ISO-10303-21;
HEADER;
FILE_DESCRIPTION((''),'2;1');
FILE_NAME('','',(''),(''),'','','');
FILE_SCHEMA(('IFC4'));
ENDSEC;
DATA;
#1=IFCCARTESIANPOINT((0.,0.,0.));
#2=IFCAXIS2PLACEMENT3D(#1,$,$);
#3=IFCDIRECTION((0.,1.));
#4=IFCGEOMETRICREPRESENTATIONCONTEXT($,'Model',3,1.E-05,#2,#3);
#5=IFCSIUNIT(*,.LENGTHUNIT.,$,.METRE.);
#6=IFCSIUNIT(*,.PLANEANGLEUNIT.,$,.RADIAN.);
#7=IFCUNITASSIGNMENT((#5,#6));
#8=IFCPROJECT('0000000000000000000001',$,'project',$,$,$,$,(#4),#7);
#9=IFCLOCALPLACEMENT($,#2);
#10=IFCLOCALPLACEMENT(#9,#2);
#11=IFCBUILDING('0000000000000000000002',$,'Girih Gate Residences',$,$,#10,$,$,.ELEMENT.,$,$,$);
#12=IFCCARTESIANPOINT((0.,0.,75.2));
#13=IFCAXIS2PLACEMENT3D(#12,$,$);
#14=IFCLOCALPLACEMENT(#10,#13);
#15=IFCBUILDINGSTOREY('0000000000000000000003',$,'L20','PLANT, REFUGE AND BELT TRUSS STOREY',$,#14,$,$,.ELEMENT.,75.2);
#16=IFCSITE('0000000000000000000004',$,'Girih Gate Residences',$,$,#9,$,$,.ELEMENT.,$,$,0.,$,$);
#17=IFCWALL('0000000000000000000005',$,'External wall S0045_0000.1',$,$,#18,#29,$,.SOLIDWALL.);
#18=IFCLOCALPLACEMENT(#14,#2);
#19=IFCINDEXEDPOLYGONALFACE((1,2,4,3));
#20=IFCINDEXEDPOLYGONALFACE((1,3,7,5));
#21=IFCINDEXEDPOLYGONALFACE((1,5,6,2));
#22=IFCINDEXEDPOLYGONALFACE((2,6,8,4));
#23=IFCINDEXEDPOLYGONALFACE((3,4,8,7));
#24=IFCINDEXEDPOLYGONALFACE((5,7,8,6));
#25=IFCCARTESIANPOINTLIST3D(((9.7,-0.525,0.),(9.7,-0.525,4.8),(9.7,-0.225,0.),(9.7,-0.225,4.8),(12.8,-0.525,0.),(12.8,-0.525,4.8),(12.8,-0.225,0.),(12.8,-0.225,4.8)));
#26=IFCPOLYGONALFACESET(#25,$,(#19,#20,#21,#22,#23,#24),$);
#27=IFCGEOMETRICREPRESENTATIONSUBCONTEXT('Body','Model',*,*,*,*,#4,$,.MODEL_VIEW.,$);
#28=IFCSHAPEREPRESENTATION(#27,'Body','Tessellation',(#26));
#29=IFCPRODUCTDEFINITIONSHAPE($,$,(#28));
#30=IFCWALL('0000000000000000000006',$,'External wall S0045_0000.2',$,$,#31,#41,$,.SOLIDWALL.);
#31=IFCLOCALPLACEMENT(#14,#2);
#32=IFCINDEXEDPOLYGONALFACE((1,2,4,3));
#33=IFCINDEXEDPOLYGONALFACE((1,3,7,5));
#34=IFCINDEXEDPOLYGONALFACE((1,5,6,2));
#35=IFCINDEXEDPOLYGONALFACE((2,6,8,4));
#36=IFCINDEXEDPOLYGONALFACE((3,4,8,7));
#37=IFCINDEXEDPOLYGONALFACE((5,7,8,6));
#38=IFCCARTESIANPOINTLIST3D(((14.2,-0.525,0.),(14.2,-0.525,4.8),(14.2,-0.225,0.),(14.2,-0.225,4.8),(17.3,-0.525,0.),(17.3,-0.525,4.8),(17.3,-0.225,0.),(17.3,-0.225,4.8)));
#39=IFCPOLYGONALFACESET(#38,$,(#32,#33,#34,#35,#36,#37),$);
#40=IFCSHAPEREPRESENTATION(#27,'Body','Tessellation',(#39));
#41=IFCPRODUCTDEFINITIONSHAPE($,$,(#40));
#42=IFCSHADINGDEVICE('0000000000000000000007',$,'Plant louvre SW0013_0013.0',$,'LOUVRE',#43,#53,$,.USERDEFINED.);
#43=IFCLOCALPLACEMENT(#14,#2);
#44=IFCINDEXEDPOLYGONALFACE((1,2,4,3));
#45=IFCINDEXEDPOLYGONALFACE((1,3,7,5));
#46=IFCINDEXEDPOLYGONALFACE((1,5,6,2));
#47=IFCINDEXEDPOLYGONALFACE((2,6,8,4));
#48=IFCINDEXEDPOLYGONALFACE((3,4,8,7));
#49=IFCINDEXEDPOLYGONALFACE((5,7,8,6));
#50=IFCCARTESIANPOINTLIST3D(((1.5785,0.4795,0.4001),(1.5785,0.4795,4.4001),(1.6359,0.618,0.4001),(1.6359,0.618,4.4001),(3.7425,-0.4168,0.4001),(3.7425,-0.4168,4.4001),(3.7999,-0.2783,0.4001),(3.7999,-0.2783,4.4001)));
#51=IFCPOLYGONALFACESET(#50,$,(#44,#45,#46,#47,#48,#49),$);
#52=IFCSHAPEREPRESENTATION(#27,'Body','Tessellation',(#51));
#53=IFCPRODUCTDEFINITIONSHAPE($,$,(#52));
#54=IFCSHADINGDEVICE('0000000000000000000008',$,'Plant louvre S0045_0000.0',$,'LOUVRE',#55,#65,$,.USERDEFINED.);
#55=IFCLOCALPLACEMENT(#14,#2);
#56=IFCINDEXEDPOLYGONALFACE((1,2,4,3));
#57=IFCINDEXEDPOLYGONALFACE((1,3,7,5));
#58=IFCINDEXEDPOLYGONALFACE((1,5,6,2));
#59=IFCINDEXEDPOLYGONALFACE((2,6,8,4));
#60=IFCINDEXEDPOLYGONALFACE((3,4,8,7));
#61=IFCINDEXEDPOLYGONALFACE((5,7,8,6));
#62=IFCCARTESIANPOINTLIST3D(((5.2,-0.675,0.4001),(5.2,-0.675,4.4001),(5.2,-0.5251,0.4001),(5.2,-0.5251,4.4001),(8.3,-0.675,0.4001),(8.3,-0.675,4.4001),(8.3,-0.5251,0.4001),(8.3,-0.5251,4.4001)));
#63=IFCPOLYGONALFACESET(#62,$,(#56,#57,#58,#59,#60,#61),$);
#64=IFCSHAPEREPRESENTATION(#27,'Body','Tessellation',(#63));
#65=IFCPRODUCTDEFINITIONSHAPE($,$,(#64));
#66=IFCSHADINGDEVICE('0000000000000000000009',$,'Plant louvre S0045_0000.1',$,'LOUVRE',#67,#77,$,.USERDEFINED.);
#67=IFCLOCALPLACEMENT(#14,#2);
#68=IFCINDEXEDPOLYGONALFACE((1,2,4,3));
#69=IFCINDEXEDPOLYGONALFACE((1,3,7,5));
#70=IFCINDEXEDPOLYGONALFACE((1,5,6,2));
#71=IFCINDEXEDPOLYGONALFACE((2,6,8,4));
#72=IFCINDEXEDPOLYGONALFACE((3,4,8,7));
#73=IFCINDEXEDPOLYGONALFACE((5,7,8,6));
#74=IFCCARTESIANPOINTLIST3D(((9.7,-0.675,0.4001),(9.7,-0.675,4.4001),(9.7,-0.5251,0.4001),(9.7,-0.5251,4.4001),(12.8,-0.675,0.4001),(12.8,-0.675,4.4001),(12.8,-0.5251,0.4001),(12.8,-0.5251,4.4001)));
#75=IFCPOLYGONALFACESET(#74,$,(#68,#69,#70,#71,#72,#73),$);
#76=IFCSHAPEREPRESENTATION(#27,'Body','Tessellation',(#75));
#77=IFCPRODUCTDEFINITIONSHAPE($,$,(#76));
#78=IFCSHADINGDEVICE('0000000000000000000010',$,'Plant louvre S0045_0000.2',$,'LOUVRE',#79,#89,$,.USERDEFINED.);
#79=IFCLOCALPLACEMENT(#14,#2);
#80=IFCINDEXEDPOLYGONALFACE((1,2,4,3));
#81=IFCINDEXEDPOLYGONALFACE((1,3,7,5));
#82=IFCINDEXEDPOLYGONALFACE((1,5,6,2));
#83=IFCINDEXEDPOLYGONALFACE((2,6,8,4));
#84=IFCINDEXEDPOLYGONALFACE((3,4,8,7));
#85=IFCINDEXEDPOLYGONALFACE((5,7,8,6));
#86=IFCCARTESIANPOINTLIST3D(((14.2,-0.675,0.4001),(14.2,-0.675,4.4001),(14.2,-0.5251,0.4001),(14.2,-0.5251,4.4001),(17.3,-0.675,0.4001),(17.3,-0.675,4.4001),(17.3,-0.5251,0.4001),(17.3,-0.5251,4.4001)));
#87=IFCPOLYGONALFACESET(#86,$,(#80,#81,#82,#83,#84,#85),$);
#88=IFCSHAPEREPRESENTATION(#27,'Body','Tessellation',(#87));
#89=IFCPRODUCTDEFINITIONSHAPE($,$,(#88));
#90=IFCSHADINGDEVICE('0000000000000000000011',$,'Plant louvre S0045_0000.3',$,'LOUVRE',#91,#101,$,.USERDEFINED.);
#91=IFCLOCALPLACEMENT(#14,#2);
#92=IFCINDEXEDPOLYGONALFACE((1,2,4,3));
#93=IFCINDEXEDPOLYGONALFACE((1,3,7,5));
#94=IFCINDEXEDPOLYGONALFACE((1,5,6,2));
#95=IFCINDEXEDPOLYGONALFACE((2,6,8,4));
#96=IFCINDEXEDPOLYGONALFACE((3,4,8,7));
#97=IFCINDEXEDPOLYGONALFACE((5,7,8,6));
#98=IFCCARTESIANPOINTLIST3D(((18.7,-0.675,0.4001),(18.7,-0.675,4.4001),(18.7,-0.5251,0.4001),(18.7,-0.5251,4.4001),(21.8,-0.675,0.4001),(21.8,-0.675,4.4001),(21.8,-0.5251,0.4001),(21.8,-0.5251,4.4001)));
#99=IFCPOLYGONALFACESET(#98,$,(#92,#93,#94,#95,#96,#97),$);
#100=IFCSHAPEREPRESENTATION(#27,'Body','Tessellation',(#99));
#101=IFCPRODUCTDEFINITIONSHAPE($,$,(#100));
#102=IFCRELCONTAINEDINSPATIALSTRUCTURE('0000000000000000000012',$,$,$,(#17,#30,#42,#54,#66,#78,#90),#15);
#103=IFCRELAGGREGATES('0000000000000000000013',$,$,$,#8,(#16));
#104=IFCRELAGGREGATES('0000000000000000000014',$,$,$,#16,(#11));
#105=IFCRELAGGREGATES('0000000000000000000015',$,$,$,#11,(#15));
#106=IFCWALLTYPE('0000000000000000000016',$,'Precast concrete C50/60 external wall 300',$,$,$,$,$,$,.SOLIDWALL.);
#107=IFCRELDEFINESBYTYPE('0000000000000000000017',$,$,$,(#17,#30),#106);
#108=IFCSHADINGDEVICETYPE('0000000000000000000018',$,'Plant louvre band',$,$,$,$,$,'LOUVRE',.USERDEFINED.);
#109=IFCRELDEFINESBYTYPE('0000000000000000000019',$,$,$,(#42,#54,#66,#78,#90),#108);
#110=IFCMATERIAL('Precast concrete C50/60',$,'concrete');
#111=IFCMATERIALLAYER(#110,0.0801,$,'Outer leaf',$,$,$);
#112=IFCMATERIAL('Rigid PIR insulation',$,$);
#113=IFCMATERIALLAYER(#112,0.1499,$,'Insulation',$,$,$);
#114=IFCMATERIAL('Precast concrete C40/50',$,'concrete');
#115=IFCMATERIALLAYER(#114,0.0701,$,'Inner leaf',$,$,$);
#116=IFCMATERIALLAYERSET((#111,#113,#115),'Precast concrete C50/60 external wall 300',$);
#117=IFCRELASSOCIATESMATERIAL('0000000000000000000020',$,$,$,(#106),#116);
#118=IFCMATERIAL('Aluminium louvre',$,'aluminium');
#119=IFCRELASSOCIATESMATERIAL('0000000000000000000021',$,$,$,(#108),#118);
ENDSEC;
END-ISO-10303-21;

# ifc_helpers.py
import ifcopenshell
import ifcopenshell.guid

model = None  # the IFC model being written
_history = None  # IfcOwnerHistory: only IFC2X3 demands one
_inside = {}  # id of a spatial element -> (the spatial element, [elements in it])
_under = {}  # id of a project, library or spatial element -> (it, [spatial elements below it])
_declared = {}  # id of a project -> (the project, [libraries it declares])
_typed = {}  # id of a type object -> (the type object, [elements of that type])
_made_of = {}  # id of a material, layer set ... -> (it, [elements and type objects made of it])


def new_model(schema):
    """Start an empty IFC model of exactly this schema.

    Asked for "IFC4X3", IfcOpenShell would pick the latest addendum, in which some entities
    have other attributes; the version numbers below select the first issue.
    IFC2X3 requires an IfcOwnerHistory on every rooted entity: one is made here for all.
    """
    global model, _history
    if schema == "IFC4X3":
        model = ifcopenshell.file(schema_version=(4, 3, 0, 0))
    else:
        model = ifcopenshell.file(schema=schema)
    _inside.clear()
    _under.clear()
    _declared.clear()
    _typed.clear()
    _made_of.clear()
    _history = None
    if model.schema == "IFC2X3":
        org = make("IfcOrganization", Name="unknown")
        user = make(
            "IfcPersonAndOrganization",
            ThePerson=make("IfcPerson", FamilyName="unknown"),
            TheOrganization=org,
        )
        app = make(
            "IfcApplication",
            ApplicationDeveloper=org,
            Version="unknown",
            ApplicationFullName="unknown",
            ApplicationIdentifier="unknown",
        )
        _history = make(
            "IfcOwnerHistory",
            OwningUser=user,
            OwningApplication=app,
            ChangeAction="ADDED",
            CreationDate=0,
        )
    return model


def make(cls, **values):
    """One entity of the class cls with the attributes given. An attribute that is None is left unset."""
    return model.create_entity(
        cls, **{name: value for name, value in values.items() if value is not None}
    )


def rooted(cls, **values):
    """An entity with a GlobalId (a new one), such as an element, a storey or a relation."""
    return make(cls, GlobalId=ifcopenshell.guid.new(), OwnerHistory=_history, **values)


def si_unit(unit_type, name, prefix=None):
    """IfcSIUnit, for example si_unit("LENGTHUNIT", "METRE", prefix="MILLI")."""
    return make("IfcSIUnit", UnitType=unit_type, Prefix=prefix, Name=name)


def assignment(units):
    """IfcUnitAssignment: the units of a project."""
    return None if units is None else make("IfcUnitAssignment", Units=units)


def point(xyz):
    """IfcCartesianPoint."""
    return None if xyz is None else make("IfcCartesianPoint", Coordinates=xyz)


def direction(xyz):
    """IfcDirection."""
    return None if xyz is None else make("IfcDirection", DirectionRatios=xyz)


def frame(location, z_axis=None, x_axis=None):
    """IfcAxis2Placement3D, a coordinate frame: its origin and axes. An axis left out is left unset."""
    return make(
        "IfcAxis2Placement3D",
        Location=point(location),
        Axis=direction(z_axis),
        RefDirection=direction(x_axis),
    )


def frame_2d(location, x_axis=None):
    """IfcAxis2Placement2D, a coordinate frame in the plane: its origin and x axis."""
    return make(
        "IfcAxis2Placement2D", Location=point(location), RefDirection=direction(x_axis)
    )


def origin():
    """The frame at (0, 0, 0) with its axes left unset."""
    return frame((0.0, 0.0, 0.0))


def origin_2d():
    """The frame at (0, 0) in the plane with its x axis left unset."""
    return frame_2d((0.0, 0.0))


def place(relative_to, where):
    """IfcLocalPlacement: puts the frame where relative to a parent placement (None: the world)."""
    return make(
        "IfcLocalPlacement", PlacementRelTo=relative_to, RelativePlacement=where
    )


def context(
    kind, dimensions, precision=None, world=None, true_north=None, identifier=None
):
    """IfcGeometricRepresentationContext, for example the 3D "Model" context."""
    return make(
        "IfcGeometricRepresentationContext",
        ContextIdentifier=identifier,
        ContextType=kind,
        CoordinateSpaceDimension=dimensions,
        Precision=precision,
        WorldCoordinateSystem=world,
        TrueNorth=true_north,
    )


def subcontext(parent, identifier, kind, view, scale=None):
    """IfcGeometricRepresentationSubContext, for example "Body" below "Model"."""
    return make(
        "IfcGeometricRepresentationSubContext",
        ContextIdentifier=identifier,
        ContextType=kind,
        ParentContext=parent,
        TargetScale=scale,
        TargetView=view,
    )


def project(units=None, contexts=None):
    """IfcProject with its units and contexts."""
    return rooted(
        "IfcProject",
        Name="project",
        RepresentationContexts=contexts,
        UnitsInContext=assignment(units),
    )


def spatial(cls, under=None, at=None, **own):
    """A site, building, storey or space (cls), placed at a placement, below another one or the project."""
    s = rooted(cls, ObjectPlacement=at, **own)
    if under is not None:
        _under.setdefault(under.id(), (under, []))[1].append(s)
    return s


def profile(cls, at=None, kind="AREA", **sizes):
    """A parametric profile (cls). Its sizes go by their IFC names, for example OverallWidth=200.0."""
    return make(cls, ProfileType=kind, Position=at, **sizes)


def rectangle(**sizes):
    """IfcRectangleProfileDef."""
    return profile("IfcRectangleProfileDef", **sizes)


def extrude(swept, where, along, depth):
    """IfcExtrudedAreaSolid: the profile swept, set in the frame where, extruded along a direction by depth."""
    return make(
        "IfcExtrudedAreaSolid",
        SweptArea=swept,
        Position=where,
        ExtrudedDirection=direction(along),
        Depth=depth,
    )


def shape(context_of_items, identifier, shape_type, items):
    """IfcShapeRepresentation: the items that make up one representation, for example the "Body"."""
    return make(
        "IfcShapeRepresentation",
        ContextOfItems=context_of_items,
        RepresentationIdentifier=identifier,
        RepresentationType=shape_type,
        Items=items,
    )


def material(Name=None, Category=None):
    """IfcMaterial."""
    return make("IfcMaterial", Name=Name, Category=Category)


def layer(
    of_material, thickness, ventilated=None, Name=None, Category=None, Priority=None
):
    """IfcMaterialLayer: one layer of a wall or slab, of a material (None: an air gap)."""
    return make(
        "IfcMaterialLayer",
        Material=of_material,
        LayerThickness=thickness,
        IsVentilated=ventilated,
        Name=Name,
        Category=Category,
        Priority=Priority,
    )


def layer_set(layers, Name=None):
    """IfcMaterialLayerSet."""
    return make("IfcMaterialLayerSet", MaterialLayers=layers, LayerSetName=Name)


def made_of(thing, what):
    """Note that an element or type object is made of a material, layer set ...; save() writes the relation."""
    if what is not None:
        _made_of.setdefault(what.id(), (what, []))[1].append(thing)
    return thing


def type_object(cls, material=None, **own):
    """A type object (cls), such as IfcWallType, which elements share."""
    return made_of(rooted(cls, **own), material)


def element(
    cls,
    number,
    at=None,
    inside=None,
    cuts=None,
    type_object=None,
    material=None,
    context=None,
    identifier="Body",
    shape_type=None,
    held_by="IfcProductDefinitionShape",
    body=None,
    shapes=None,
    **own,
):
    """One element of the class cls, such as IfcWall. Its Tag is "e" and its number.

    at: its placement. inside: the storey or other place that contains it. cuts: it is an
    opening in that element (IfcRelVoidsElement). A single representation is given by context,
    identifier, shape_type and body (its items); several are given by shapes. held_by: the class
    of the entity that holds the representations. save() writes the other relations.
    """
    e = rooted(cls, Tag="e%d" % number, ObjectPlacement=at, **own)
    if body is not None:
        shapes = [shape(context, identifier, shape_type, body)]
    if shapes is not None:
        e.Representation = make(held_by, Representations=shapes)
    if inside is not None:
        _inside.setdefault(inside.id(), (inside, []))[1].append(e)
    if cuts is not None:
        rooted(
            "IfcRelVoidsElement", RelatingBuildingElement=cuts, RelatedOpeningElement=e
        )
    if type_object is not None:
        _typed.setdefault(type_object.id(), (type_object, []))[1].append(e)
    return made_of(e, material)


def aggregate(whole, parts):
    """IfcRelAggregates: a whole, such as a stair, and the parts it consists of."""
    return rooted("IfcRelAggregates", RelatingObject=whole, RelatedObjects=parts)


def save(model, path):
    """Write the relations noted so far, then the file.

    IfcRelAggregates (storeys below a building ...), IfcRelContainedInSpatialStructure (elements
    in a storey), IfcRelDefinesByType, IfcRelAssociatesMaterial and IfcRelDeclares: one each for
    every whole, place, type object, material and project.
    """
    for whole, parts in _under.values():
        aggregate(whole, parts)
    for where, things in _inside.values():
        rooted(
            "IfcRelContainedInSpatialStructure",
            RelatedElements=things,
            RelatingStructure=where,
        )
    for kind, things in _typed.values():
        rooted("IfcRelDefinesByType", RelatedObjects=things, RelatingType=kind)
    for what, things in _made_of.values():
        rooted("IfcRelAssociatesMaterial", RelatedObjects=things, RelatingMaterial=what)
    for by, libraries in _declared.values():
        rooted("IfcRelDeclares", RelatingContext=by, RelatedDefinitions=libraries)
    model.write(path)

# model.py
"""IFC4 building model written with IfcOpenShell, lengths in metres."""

from ifc_helpers import new_model, si_unit, direction, frame, frame_2d, origin, origin_2d, place, context, subcontext, project, spatial, rectangle, extrude, material, layer, layer_set, type_object, element, save


model = new_model("IFC4")

# Units and contexts
model_context = context("Model", 3, precision=1e-05, world=origin(), true_north=direction((0.0, 1.0)))
body_context = subcontext(model_context, "Body", "Model", "MODEL_VIEW")
ifc_project = project(units=[si_unit("LENGTHUNIT", "METRE"), si_unit("PLANEANGLEUNIT", "RADIAN")], contexts=[model_context])

# Site, building, storey
site_placement = place(None, origin())
site = spatial("IfcSite", under=ifc_project, at=site_placement, Name="Girih Gate Residences", CompositionType="ELEMENT", RefElevation=0.0)
building_placement = place(site_placement, origin())
building = spatial("IfcBuilding", under=site, at=building_placement, Name="Girih Gate Residences", CompositionType="ELEMENT")
storey_placement = place(building_placement, frame((0.0, 0.0, 75.2)))
storey = spatial("IfcBuildingStorey", under=building, at=storey_placement, Name="L20", Description="PLANT, REFUGE AND BELT TRUSS STOREY", CompositionType="ELEMENT", Elevation=75.2)

# Walls
ifc_material_1 = material(Name="Precast concrete C50/60", Category="concrete")
ifc_layer_1 = layer(ifc_material_1, 0.0801, Name="Outer leaf")
ifc_material_2 = material(Name="Rigid PIR insulation")
ifc_layer_2 = layer(ifc_material_2, 0.1499, Name="Insulation")
ifc_material_3 = material(Name="Precast concrete C40/50", Category="concrete")
ifc_layer_3 = layer(ifc_material_3, 0.0701, Name="Inner leaf")
ifc_layer_set_1 = layer_set([ifc_layer_1, ifc_layer_2, ifc_layer_3], Name="Precast concrete C50/60 external wall 300")
wall_type_1 = type_object("IfcWallType", Name="Precast concrete C50/60 external wall 300", PredefinedType="SOLIDWALL", material=ifc_layer_set_1)
for number, where, z_axis, x_axis, name in (
    (1, (12.8, -0.375, 0.0), (0.0, 0.0, 1.0), (-1.0, 0.0, 0.0), "External wall S0045_0000.1"),
    (2, (17.3, -0.375, 0.0), (0.0, 0.0, 1.0), (-1.0, 0.0, 0.0), "External wall S0045_0000.2"),
):
    element("IfcWall", number, at=place(storey_placement, frame(where, z_axis=z_axis, x_axis=x_axis)), inside=storey, type_object=wall_type_1, Name=name, PredefinedType="SOLIDWALL", context=body_context, shape_type="SweptSolid", body=[
        extrude(rectangle(XDim=3.1001, YDim=0.3, at=frame_2d((1.55, 0.0))), origin(), (0.0, 0.0, 1.0), 4.8),
    ])

# Shading devices
ifc_material_4 = material(Name="Aluminium louvre", Category="aluminium")
shading_device_type = type_object("IfcShadingDeviceType", Name="Plant louvre band", ElementType="LOUVRE", PredefinedType="USERDEFINED", material=ifc_material_4)
shading_device_placement = place(storey_placement, frame((2.6892, 0.1006, 0.4001), z_axis=(0.0, 0.0, 1.0), x_axis=(0.92388, -0.382683, 0.0)))
element("IfcShadingDevice", 3, at=shading_device_placement, inside=storey, type_object=shading_device_type, Name="Plant louvre SW0013_0013.0", ObjectType="LOUVRE", PredefinedType="USERDEFINED", context=body_context, shape_type="SweptSolid", body=[
    extrude(rectangle(XDim=2.3423, YDim=0.1499, at=origin_2d()), origin(), (0.0, 0.0, 1.0), 4.0),
])
for number, where, z_axis, x_axis, name in (
    (4, (6.75, -0.6001, 0.4001), (0.0, 0.0, 1.0), (1.0, 0.0, 0.0), "Plant louvre S0045_0000.0"),
    (5, (11.25, -0.6001, 0.4001), (0.0, 0.0, 1.0), (1.0, 0.0, 0.0), "Plant louvre S0045_0000.1"),
    (6, (15.75, -0.6001, 0.4001), (0.0, 0.0, 1.0), (1.0, 0.0, 0.0), "Plant louvre S0045_0000.2"),
    (7, (20.25, -0.6001, 0.4001), (0.0, 0.0, 1.0), (1.0, 0.0, 0.0), "Plant louvre S0045_0000.3"),
):
    element("IfcShadingDevice", number, at=place(storey_placement, frame(where, z_axis=z_axis, x_axis=x_axis)), inside=storey, type_object=shading_device_type, Name=name, ObjectType="LOUVRE", PredefinedType="USERDEFINED", context=body_context, shape_type="SweptSolid", body=[
        extrude(rectangle(XDim=3.1001, YDim=0.1499, at=origin_2d()), origin(), (0.0, 0.0, 1.0), 4.0),
    ])

save(model, "model.ifc")
